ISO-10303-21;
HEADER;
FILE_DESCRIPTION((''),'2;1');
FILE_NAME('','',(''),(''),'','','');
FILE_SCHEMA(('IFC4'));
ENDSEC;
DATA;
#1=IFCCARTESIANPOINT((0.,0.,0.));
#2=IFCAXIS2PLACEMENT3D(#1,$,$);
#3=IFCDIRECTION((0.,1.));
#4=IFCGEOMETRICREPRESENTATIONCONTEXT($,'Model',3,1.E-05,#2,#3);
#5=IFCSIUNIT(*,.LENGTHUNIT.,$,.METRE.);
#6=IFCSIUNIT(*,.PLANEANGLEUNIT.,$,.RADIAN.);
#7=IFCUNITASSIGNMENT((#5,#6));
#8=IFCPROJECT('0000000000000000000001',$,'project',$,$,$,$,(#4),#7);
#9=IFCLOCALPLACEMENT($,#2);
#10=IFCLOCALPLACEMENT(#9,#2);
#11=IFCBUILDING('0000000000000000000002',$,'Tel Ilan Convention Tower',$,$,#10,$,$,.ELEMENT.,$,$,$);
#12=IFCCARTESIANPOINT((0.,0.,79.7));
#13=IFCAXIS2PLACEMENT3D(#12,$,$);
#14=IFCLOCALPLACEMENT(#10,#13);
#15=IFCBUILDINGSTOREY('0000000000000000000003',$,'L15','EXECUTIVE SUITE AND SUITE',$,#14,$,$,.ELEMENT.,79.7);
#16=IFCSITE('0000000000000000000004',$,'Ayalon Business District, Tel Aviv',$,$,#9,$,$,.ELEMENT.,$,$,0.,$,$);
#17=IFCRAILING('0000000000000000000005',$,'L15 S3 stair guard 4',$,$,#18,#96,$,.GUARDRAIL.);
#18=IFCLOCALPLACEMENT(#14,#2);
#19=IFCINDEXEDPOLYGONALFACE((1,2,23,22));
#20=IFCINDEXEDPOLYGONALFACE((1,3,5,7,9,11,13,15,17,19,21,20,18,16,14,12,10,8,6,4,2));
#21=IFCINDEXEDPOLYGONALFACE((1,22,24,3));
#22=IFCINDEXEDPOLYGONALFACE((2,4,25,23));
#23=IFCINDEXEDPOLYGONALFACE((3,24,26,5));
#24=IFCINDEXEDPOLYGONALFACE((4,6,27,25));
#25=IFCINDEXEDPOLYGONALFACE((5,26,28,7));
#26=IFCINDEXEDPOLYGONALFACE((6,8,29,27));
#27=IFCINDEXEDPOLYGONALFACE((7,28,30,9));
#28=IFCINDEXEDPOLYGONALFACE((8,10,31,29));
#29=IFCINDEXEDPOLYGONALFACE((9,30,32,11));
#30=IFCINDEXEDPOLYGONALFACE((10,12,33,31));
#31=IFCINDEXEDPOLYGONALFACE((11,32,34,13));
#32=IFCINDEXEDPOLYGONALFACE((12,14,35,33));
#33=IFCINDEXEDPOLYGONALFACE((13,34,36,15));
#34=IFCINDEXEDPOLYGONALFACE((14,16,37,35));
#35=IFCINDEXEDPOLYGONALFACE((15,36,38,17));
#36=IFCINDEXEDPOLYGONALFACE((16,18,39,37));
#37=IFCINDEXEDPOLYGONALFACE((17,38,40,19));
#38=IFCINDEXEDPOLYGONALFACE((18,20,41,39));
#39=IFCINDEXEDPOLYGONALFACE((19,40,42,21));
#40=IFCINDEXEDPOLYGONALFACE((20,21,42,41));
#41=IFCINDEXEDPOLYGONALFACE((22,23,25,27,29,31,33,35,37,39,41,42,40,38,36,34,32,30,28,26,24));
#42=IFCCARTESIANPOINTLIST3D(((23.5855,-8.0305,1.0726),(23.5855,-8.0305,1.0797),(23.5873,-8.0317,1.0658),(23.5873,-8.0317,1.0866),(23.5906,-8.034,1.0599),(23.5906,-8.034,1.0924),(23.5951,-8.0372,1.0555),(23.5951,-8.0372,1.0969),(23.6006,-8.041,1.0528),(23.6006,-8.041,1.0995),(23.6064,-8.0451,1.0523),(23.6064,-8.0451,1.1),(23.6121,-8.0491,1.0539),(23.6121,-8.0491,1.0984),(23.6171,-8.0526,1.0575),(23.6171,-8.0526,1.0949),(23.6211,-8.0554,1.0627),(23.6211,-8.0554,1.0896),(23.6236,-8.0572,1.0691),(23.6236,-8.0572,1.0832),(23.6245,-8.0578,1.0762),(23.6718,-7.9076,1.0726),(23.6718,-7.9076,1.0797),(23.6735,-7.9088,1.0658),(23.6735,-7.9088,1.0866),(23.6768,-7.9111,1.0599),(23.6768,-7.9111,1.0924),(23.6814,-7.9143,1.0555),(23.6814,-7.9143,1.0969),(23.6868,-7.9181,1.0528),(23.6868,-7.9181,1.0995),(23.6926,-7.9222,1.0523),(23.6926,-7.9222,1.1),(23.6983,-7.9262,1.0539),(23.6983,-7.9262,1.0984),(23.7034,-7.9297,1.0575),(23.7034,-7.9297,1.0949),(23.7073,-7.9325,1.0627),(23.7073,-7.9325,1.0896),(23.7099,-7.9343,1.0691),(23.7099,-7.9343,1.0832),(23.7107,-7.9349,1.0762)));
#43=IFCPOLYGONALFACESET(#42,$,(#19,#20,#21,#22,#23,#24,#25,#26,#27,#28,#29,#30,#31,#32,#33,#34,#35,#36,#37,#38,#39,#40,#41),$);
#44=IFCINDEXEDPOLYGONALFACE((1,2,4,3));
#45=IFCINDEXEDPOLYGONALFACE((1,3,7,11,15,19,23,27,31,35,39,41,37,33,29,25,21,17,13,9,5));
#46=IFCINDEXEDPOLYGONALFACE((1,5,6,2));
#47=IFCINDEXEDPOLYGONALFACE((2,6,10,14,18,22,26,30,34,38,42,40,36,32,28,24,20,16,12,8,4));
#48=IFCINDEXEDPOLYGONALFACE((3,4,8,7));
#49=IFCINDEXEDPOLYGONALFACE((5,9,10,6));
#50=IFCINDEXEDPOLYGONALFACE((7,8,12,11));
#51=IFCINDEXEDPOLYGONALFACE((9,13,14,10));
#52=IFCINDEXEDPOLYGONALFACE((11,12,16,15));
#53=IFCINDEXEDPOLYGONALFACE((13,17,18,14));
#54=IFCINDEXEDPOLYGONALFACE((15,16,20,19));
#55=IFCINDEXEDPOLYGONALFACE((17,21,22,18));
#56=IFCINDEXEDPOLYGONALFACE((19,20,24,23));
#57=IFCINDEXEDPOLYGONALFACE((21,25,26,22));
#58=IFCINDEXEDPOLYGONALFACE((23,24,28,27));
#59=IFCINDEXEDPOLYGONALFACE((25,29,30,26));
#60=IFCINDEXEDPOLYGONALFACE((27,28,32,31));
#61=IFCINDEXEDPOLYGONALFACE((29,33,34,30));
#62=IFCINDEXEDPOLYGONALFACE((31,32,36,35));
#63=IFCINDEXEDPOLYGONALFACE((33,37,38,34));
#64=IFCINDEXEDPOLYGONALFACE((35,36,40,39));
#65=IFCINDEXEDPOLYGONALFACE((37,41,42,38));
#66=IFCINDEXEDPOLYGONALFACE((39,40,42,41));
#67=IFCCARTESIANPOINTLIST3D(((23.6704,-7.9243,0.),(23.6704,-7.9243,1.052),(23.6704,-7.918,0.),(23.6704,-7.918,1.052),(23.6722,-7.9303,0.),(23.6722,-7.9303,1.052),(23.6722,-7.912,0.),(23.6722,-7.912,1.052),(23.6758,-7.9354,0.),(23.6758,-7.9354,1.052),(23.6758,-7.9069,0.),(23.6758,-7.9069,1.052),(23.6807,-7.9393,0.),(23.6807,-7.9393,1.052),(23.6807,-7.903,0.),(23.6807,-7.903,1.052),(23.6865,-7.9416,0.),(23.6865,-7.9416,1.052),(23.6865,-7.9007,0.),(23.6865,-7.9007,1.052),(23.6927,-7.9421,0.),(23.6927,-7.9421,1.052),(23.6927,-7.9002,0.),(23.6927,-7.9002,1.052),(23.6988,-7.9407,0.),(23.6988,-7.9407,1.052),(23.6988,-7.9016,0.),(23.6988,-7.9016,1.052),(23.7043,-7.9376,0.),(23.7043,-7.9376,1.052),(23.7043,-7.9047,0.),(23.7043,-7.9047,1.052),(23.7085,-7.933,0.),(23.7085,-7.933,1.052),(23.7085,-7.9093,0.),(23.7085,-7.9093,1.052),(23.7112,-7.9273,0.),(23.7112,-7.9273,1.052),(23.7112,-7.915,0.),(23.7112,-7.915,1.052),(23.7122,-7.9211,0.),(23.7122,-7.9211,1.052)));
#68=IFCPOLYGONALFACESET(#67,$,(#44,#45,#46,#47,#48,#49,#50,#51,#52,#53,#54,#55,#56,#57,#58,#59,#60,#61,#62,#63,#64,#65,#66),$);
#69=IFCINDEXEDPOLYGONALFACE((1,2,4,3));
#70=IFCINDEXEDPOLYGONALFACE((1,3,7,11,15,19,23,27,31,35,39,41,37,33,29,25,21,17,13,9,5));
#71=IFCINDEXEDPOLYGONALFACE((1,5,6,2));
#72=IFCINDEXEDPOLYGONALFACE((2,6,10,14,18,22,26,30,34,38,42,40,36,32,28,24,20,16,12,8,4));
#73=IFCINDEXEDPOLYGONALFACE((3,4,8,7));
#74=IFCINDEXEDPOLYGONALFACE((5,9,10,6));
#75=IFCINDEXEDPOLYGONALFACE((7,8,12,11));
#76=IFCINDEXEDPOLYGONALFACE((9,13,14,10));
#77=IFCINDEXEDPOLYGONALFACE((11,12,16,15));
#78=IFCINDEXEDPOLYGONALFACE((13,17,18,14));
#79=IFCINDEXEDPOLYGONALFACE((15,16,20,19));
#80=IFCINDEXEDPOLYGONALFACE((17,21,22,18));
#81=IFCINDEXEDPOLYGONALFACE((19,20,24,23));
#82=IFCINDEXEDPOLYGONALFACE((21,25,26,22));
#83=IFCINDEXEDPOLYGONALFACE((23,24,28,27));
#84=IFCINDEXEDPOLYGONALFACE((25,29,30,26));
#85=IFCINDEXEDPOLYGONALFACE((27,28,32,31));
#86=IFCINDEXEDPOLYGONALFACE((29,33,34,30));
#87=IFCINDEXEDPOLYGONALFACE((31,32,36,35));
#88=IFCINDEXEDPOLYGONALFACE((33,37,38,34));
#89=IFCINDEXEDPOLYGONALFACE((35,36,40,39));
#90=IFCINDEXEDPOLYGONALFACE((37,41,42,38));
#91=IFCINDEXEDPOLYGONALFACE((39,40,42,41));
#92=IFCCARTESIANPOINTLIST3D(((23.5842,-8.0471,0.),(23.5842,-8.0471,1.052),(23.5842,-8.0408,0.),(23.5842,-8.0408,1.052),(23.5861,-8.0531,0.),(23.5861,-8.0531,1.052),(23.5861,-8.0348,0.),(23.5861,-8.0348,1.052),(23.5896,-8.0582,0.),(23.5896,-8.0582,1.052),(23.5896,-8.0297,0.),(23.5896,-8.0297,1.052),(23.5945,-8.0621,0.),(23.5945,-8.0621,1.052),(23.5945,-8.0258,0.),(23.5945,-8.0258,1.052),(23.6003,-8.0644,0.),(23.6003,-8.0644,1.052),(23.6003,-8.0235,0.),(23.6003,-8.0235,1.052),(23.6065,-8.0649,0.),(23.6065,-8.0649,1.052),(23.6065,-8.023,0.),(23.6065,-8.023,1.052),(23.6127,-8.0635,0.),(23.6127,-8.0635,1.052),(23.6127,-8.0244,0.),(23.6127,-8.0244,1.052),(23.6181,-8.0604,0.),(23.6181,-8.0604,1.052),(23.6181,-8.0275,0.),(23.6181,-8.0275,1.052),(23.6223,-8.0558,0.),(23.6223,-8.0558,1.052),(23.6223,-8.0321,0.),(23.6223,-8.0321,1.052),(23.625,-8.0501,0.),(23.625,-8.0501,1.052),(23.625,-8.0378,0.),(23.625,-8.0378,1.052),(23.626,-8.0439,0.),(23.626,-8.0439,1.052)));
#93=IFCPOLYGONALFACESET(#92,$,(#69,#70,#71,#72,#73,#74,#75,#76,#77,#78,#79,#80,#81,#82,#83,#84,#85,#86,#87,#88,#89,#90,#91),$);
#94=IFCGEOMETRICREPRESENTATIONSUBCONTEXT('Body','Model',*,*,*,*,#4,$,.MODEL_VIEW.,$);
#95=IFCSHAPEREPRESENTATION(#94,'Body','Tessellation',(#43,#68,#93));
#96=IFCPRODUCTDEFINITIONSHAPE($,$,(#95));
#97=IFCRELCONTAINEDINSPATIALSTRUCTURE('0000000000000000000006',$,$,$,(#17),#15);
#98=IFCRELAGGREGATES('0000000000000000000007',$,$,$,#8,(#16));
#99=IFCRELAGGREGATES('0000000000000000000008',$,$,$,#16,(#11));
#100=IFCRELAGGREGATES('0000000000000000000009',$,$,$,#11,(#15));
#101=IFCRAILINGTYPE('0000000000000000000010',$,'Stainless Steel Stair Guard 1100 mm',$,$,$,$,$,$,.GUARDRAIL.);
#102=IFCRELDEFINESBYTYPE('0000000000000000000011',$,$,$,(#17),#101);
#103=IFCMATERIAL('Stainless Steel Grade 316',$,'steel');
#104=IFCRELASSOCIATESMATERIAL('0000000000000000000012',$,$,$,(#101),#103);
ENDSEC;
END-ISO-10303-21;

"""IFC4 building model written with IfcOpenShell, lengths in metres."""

from ifc_helpers import new_model, si_unit, direction, frame, origin, origin_2d, place, context, subcontext, project, spatial, circle, extrude, material, type_object, element, save


model = new_model("IFC4")

# Units and contexts
model_context = context("Model", 3, precision=1e-05, world=origin(), true_north=direction((0.0, 1.0)))
body_context = subcontext(model_context, "Body", "Model", "MODEL_VIEW")
ifc_project = project(units=[si_unit("LENGTHUNIT", "METRE"), si_unit("PLANEANGLEUNIT", "RADIAN")], contexts=[model_context])

# Site, building, storey
site_placement = place(None, origin())
site = spatial("IfcSite", under=ifc_project, at=site_placement, Name="Ayalon Business District, Tel Aviv", CompositionType="ELEMENT", RefElevation=0.0)
building_placement = place(site_placement, origin())
building = spatial("IfcBuilding", under=site, at=building_placement, Name="Tel Ilan Convention Tower", CompositionType="ELEMENT")
storey_placement = place(building_placement, frame((0.0, 0.0, 79.7)))
storey = spatial("IfcBuildingStorey", under=building, at=storey_placement, Name="L15", Description="EXECUTIVE SUITE AND SUITE", CompositionType="ELEMENT", Elevation=79.7)

# Railing
ifc_material_1 = material(Name="Stainless Steel Grade 316", Category="steel")
railing_type_1 = type_object("IfcRailingType", Name="Stainless Steel Stair Guard 1100 mm", PredefinedType="GUARDRAIL", material=ifc_material_1)
railing_1_placement = place(storey_placement, frame((23.6912, -7.9211, 0.0)))
element("IfcRailing", 1, at=railing_1_placement, inside=storey, type_object=railing_type_1, Name="L15 S3 stair guard 4", PredefinedType="GUARDRAIL", context=body_context, shape_type="SweptSolid", body=[
    extrude(circle(Radius=0.0239, at=origin_2d()), frame((0.0, 0.0, 1.0762), z_axis=(-0.574445, -0.818543, 0.0), x_axis=(0.818543, -0.574445, 0.0)), (0.0, 0.0, 1.0), 0.1501),
    extrude(circle(Radius=0.021, at=origin_2d()), origin(), (0.0, 0.0, 1.0), 1.052),
    extrude(circle(Radius=0.021, at=origin_2d()), frame((-0.0862, -0.1228, 0.0)), (0.0, 0.0, 1.0), 1.052),
])

save(model, "model.ifc")
